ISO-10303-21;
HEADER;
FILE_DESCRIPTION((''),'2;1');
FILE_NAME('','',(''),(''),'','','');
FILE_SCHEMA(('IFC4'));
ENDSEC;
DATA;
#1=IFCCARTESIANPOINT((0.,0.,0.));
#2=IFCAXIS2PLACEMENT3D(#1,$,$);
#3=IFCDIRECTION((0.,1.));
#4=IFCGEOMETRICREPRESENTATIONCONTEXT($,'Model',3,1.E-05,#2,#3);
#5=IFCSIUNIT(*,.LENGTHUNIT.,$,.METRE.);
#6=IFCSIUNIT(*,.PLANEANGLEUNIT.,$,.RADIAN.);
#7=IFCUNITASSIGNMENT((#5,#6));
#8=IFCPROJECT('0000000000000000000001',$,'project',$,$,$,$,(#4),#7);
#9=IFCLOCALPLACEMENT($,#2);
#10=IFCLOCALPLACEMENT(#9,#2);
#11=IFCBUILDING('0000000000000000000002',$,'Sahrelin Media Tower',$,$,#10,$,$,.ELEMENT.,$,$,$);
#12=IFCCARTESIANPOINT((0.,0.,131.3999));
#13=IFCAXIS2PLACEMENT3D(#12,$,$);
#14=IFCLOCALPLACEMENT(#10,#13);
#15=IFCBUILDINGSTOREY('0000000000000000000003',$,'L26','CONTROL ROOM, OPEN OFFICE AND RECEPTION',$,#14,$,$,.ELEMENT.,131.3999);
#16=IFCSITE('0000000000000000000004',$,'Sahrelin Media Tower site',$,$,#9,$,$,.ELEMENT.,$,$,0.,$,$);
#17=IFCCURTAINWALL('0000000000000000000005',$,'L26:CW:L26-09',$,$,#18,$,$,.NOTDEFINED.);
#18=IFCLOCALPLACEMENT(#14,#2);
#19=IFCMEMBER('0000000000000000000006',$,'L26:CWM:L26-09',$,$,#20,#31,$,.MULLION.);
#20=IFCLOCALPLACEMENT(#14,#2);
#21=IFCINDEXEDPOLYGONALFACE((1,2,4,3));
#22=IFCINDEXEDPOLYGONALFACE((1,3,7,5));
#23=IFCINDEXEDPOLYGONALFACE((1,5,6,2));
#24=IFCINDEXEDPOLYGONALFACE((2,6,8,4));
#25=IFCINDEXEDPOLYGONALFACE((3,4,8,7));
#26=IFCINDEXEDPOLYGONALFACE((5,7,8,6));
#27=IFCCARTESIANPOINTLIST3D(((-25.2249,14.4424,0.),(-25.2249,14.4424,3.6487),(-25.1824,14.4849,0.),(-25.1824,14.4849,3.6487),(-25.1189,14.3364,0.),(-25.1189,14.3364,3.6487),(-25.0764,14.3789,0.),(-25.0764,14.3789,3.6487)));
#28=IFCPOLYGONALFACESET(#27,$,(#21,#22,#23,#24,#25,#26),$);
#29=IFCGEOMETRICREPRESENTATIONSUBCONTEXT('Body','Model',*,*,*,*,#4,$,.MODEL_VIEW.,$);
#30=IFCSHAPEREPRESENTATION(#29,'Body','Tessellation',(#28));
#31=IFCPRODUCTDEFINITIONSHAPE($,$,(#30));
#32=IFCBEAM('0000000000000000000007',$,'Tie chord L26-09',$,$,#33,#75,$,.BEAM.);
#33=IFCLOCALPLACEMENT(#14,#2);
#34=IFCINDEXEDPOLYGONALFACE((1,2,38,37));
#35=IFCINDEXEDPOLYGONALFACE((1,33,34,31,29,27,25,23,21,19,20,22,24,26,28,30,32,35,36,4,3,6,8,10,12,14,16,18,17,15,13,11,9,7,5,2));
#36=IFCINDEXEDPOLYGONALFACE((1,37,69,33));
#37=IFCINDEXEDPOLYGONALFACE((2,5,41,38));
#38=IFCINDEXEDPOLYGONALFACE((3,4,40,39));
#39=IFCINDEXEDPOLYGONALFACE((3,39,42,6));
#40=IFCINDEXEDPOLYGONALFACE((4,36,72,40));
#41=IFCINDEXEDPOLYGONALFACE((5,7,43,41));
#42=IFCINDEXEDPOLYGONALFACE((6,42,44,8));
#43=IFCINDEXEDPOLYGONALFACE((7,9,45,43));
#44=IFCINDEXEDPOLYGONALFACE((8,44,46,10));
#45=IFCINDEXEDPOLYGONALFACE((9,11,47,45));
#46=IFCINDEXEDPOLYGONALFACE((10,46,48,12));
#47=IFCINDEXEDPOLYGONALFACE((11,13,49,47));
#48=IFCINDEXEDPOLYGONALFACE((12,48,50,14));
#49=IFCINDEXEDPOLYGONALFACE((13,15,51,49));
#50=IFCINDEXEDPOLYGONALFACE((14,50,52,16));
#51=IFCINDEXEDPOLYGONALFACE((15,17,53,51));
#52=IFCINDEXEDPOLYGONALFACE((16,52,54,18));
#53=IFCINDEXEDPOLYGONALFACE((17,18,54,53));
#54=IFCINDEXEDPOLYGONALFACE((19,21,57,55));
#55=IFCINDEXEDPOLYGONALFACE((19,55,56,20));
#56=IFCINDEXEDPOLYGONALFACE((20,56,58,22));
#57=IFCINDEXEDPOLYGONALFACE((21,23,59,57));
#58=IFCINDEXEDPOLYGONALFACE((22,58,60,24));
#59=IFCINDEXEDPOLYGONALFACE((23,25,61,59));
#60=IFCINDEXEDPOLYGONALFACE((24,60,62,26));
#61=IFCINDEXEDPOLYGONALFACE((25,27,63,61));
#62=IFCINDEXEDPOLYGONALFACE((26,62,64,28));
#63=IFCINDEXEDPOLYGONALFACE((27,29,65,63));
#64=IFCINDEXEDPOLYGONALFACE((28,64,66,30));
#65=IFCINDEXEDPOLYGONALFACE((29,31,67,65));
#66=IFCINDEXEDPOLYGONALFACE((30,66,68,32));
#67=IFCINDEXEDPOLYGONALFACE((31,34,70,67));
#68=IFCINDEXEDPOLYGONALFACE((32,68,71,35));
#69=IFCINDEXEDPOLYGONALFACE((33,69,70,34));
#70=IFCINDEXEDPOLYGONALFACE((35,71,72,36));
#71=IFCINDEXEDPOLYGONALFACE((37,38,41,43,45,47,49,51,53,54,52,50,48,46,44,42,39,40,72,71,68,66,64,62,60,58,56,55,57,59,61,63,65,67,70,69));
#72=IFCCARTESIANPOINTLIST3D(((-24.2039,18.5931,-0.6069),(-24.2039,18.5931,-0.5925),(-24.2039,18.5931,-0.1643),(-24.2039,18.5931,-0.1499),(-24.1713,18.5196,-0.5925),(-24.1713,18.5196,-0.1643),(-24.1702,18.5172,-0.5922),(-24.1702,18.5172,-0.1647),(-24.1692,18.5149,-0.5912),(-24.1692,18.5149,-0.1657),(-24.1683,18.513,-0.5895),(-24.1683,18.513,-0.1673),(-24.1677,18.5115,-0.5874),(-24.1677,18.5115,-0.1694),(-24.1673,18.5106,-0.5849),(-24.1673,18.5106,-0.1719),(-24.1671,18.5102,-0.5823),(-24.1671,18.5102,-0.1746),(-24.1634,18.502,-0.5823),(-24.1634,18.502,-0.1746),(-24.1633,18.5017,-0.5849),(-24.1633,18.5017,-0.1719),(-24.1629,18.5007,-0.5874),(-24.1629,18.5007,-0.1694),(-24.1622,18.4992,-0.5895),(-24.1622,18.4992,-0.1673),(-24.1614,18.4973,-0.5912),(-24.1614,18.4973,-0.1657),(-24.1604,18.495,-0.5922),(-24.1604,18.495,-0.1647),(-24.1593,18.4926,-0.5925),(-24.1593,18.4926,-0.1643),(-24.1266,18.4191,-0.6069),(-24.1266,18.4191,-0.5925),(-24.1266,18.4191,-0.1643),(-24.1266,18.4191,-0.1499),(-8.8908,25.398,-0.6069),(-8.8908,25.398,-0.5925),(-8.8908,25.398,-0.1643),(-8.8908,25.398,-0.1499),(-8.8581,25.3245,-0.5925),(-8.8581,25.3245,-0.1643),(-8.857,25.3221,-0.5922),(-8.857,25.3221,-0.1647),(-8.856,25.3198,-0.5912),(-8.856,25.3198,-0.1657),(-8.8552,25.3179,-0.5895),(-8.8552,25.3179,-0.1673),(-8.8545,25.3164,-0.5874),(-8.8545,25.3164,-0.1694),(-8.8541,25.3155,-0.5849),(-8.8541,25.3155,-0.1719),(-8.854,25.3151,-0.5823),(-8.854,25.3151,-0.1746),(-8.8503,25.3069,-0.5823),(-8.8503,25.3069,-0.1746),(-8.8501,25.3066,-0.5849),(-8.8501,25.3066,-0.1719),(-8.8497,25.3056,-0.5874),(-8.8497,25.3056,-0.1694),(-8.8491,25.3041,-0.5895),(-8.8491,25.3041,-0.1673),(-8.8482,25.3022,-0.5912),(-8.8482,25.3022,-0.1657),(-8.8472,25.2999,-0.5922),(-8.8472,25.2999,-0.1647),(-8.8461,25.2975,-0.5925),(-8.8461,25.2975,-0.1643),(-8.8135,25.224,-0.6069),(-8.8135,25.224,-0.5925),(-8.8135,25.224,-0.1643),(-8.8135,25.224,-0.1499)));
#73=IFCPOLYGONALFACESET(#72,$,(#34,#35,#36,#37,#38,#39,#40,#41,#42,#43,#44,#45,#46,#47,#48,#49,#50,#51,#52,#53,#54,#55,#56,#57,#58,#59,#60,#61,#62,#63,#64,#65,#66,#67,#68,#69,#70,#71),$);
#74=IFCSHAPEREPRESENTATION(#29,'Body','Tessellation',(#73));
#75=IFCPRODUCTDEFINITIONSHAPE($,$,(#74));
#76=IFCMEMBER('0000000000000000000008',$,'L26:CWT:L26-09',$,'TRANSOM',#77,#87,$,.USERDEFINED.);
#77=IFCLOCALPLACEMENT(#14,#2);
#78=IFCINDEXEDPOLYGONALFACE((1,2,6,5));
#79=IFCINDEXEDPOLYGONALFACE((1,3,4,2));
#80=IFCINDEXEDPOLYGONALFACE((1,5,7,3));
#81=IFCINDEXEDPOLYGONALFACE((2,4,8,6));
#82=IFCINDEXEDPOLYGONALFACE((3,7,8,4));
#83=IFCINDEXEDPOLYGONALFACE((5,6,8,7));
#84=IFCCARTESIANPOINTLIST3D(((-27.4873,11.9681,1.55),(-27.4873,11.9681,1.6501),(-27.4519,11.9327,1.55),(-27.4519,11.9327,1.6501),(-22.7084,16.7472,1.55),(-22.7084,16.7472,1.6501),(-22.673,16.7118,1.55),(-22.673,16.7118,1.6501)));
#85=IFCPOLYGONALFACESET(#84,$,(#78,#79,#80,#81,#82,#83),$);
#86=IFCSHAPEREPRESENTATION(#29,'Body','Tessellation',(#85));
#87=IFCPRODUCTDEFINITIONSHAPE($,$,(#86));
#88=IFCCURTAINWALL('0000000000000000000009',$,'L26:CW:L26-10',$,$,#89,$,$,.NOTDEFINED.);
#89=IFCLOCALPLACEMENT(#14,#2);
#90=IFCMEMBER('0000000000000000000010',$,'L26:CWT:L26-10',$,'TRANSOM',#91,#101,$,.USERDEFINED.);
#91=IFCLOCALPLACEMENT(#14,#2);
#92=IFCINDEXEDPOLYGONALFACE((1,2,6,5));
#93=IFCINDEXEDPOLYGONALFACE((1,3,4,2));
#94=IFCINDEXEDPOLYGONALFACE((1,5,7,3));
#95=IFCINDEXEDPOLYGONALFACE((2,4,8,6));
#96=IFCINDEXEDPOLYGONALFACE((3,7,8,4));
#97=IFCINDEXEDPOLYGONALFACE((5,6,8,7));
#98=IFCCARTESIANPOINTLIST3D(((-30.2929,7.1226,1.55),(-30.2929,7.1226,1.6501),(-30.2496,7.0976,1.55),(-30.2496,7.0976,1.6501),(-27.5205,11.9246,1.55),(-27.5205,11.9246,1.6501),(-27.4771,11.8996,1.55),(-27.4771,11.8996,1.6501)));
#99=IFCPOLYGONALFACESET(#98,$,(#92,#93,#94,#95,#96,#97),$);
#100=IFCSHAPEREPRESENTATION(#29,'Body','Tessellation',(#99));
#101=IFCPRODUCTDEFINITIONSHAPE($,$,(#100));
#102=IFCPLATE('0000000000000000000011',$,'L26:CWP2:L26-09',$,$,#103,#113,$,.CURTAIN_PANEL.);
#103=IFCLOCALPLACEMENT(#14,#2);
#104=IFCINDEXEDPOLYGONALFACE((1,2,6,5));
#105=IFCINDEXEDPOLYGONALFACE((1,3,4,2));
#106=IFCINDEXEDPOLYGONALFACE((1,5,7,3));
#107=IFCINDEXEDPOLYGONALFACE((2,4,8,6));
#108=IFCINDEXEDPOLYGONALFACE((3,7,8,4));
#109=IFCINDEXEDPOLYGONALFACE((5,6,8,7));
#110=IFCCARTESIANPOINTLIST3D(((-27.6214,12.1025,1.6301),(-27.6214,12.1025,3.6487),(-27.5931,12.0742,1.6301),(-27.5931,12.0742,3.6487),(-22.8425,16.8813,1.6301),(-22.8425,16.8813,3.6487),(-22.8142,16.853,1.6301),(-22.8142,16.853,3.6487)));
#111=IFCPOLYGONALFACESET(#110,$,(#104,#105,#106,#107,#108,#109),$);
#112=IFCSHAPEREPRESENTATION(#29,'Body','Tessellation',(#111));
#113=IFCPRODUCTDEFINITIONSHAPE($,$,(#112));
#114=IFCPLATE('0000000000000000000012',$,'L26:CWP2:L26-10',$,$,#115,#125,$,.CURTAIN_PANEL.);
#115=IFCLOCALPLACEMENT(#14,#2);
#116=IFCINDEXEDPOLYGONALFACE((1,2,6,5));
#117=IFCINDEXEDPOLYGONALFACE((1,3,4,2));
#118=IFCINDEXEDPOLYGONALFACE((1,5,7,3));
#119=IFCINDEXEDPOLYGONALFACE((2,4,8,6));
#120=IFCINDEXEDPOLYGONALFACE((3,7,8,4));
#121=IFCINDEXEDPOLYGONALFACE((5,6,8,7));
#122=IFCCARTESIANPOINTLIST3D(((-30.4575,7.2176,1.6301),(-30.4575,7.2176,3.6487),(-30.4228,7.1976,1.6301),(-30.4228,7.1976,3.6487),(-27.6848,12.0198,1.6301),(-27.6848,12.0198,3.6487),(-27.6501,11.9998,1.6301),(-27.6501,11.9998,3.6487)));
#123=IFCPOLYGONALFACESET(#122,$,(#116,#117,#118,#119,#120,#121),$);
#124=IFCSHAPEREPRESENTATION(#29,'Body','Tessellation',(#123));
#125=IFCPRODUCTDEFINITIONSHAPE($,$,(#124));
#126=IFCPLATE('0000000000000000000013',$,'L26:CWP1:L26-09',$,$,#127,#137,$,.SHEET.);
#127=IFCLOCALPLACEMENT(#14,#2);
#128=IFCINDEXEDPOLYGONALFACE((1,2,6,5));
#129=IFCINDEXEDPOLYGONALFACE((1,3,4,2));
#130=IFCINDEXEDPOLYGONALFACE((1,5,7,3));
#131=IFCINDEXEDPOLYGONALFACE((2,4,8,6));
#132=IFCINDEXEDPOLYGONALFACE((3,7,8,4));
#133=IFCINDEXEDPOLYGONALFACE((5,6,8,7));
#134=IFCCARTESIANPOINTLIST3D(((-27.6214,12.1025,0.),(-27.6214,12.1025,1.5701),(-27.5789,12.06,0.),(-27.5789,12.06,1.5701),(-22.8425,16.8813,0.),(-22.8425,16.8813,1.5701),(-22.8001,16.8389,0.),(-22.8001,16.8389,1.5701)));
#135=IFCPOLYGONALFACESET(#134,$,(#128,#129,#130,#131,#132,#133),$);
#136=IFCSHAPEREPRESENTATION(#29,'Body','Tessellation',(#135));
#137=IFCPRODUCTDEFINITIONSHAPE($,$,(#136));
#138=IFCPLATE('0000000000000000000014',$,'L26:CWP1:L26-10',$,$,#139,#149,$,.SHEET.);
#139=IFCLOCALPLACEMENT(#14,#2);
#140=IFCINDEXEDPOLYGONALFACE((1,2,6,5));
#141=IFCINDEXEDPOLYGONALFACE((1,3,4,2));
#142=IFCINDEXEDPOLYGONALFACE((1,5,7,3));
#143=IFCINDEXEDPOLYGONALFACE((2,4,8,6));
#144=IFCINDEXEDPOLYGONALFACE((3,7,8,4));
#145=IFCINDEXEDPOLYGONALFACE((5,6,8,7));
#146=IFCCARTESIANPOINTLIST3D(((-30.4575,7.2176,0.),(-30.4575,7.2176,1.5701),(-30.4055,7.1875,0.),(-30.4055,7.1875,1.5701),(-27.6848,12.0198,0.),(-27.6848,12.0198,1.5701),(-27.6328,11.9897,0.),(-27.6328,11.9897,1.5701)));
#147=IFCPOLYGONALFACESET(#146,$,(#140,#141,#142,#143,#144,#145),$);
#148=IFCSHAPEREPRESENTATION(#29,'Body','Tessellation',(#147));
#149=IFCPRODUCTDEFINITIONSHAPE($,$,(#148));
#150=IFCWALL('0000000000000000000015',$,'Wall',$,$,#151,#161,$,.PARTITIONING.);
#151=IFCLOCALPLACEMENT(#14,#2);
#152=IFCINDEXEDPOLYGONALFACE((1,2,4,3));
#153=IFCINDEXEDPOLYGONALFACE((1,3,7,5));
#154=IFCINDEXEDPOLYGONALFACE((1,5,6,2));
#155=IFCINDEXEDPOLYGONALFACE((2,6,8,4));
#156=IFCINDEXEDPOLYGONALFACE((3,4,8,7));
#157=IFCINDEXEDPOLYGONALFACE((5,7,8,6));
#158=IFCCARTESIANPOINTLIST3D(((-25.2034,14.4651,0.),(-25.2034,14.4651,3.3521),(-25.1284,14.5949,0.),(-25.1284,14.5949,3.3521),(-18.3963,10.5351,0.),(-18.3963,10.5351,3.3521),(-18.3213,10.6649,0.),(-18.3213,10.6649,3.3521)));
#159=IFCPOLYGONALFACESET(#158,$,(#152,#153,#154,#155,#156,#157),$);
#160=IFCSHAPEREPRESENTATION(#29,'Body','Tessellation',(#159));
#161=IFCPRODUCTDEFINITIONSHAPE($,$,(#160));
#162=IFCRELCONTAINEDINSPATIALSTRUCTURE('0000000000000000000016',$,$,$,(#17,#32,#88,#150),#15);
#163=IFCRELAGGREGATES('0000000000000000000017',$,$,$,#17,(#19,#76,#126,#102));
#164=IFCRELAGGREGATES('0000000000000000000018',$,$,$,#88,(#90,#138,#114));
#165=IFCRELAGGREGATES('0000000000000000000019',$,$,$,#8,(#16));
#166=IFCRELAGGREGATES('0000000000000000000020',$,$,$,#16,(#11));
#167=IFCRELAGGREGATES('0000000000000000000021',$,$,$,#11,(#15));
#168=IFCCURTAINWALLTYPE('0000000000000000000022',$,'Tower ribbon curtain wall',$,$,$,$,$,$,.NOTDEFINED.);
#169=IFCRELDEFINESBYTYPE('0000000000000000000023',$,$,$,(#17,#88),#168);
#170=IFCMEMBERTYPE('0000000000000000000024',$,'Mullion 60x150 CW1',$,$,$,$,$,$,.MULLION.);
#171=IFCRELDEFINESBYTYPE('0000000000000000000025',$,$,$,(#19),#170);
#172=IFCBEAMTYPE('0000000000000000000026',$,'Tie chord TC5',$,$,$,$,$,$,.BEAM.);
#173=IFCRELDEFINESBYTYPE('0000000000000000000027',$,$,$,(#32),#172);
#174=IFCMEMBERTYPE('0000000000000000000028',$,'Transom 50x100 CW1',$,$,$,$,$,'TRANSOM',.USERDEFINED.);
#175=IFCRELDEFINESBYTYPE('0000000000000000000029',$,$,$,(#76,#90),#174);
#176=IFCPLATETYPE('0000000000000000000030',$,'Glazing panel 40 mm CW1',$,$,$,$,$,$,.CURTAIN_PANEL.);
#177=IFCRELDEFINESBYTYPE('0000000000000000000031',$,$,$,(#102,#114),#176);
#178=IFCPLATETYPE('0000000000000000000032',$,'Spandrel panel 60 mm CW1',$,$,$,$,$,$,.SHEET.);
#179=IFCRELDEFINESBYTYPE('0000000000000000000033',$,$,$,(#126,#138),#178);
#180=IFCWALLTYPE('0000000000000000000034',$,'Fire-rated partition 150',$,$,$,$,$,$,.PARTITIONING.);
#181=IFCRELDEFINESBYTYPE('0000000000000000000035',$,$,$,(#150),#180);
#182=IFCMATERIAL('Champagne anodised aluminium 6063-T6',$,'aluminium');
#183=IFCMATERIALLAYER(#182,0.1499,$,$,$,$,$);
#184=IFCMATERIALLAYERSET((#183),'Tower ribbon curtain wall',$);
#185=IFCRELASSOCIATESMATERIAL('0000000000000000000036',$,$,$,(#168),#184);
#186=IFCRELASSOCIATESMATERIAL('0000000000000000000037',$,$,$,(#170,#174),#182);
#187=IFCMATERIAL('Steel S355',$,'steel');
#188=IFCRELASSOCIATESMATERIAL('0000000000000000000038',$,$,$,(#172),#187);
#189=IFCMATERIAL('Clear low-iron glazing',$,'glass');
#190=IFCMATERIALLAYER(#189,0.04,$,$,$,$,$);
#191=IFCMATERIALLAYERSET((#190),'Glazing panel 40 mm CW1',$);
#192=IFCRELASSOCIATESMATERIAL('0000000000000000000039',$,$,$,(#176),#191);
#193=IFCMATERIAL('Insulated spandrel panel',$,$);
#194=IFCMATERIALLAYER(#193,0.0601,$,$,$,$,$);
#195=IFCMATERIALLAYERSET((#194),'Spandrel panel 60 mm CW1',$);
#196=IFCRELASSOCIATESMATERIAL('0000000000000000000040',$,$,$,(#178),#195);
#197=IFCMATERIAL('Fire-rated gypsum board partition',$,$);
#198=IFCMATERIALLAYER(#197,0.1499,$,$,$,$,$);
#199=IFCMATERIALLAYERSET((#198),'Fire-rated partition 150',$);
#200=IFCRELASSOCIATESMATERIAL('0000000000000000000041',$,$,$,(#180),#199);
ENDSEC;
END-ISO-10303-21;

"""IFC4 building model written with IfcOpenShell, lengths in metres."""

from ifc_helpers import new_model, si_unit, direction, frame, frame_2d, origin, origin_2d, place, context, subcontext, project, spatial, polyline, rectangle, i_section, outline, extrude, material, layer, layer_set, material_profile, profile_set, type_object, element, aggregate, save


model = new_model("IFC4")

# Units and contexts
model_context = context("Model", 3, precision=1e-05, world=origin(), true_north=direction((0.0, 1.0)))
body_context = subcontext(model_context, "Body", "Model", "MODEL_VIEW")
ifc_project = project(units=[si_unit("LENGTHUNIT", "METRE"), si_unit("PLANEANGLEUNIT", "RADIAN")], contexts=[model_context])

# Site, building, storey
site_placement = place(None, origin())
site = spatial("IfcSite", under=ifc_project, at=site_placement, Name="Sahrelin Media Tower site", CompositionType="ELEMENT", RefElevation=0.0)
building_placement = place(site_placement, origin())
building = spatial("IfcBuilding", under=site, at=building_placement, Name="Sahrelin Media Tower", CompositionType="ELEMENT")
storey_placement = place(building_placement, frame((0.0, 0.0, 131.3999)))
storey = spatial("IfcBuildingStorey", under=building, at=storey_placement, Name="L26", Description="CONTROL ROOM, OPEN OFFICE AND RECEPTION", CompositionType="ELEMENT", Elevation=131.3999)

# Shared definitions
ifc_material_1 = material(Name="Steel S355", Category="steel")

# Curtain wall, member
ifc_material_2 = material(Name="Champagne anodised aluminium 6063-T6", Category="aluminium")
ifc_layer_1 = layer(ifc_material_2, 0.1499)
ifc_layer_set_1 = layer_set([ifc_layer_1], Name="Tower ribbon curtain wall")
curtain_wall_type = type_object("IfcCurtainWallType", Name="Tower ribbon curtain wall", PredefinedType="NOTDEFINED", material=ifc_layer_set_1)
ifc_material_profile_1 = material_profile(ifc_material_2, rectangle(XDim=0.0601, YDim=0.1499, at=origin_2d()), Name="Mullion 60x150")
ifc_profile_set_1 = profile_set([ifc_material_profile_1], Name="Champagne anodised aluminium 6063-T6")
member_type_1 = type_object("IfcMemberType", Name="Mullion 60x150 CW1", PredefinedType="MULLION", material=ifc_profile_set_1)
curtain_wall_1_placement = place(storey_placement, frame((-25.218, 14.4778, 0.0), z_axis=(0.0, 0.0, 1.0), x_axis=(1.0, 0.0, 0.0)))
curtain_wall_1 = element("IfcCurtainWall", 1, at=curtain_wall_1_placement, inside=storey, type_object=curtain_wall_type, Name="L26:CW:L26-09", PredefinedType="NOTDEFINED")
member_1_placement = place(storey_placement, frame((-25.1506, 14.4106, 0.0), z_axis=(0.0, 0.0, 1.0), x_axis=(-0.707099, -0.707114, 0.0)))
member_1 = element("IfcMember", 2, at=member_1_placement, type_object=member_type_1, Name="L26:CWM:L26-09", PredefinedType="MULLION", context=body_context, shape_type="SweptSolid", body=[
    extrude(rectangle(XDim=0.0601, YDim=0.1499, at=origin_2d()), origin(), (0.0, 0.0, 1.0), 3.6487),
])

# Beam
ifc_material_profile_2 = material_profile(ifc_material_1, i_section(OverallWidth=0.1904, OverallDepth=0.457, WebThickness=0.009, FlangeThickness=0.0144, FilletRadius=0.0103, at=origin_2d()), Name="UB 457x191x74")
ifc_profile_set_2 = profile_set([ifc_material_profile_2], Name="Steel S355")
beam_type_1 = type_object("IfcBeamType", Name="Tie chord TC5", PredefinedType="BEAM", material=ifc_profile_set_2)
beam_1_placement = place(storey_placement, frame((-24.1653, 18.5061, -0.3784), z_axis=(0.913833, 0.406091, 0.0), x_axis=(-0.406091, 0.913833, 0.0)))
element("IfcBeam", 3, at=beam_1_placement, inside=storey, type_object=beam_type_1, Name="Tie chord L26-09", PredefinedType="BEAM", context=body_context, shape_type="SweptSolid", body=[
    extrude(i_section(OverallWidth=0.1904, OverallDepth=0.457, WebThickness=0.009, FlangeThickness=0.0144, FilletRadius=0.0103, at=origin_2d()), origin(), (0.0, 0.0, 1.0), 16.7571),
])

# Member
ifc_material_profile_3 = material_profile(ifc_material_2, rectangle(XDim=0.05, YDim=0.1001, at=origin_2d()), Name="Transom 50x100")
ifc_profile_set_3 = profile_set([ifc_material_profile_3], Name="Champagne anodised aluminium 6063-T6")
member_type_2 = type_object("IfcMemberType", Name="Transom 50x100 CW1", ElementType="TRANSOM", PredefinedType="USERDEFINED", material=ifc_profile_set_3)
member_2_placement = place(storey_placement, frame((-22.6907, 16.7295, 1.6001), z_axis=(-0.707089, -0.707125, 0.0), x_axis=(0.707125, -0.707089, 0.0)))
member_2 = element("IfcMember", 4, at=member_2_placement, type_object=member_type_2, Name="L26:CWT:L26-09", ObjectType="TRANSOM", PredefinedType="USERDEFINED", context=body_context, shape_type="SweptSolid", body=[
    extrude(rectangle(XDim=0.05, YDim=0.1001, at=origin_2d()), origin(), (0.0, 0.0, 1.0), 6.7585),
])

# Curtain wall, member
curtain_wall_2_placement = place(storey_placement, frame((-29.054, 9.6086, 0.0), z_axis=(0.0, 0.0, 1.0), x_axis=(1.0, 0.0, 0.0)))
curtain_wall_2 = element("IfcCurtainWall", 5, at=curtain_wall_2_placement, inside=storey, type_object=curtain_wall_type, Name="L26:CW:L26-10", PredefinedType="NOTDEFINED")
member_3_placement = place(storey_placement, frame((-27.4988, 11.9121, 1.6001), z_axis=(-0.500003, -0.866024, 0.0), x_axis=(0.866024, -0.500003, 0.0)))
member_3 = element("IfcMember", 6, at=member_3_placement, type_object=member_type_2, Name="L26:CWT:L26-10", ObjectType="TRANSOM", PredefinedType="USERDEFINED", context=body_context, shape_type="SweptSolid", body=[
    extrude(rectangle(XDim=0.05, YDim=0.1001, at=origin_2d()), origin(), (0.0, 0.0, 1.0), 5.5449),
])

# Plates
ifc_material_3 = material(Name="Clear low-iron glazing", Category="glass")
ifc_layer_2 = layer(ifc_material_3, 0.04)
ifc_layer_set_2 = layer_set([ifc_layer_2], Name="Glazing panel 40 mm CW1")
plate_type_1 = type_object("IfcPlateType", Name="Glazing panel 40 mm CW1", PredefinedType="CURTAIN_PANEL", material=ifc_layer_set_2)
plate_1_placement = place(storey_placement, frame((-22.8425, 16.8813, 1.6301), z_axis=(-0.707107, 0.707107, 0.0), x_axis=(-0.707107, -0.707107, 0.0)))
plate_1 = element("IfcPlate", 7, at=plate_1_placement, type_object=plate_type_1, Name="L26:CWP2:L26-09", PredefinedType="CURTAIN_PANEL", context=body_context, shape_type="SweptSolid", body=[
    extrude(outline(polyline([(0.0, 0.0), (6.7583, 0.0), (6.7583, 2.0186), (0.0, 2.0186), (0.0, 0.0)])), origin(), (0.0, 0.0, -1.0), 0.04),
])
plate_2_placement = place(storey_placement, frame((-27.6848, 12.0198, 1.6301), z_axis=(-0.866015, 0.500017, 0.0), x_axis=(-0.500017, -0.866015, 0.0)))
plate_2 = element("IfcPlate", 8, at=plate_2_placement, type_object=plate_type_1, Name="L26:CWP2:L26-10", PredefinedType="CURTAIN_PANEL", context=body_context, shape_type="SweptSolid", body=[
    extrude(outline(polyline([(0.0, 0.0), (5.5452, 0.0), (5.5452, 2.0186), (0.0, 2.0186), (0.0, 0.0)])), origin(), (0.0, 0.0, -1.0), 0.04),
])
ifc_material_4 = material(Name="Insulated spandrel panel")
ifc_layer_3 = layer(ifc_material_4, 0.0601)
ifc_layer_set_3 = layer_set([ifc_layer_3], Name="Spandrel panel 60 mm CW1")
plate_type_2 = type_object("IfcPlateType", Name="Spandrel panel 60 mm CW1", PredefinedType="SHEET", material=ifc_layer_set_3)
plate_3_placement = place(storey_placement, frame((-22.8425, 16.8813, 0.0), z_axis=(-0.707107, 0.707107, 0.0), x_axis=(-0.707107, -0.707107, 0.0)))
plate_3 = element("IfcPlate", 9, at=plate_3_placement, type_object=plate_type_2, Name="L26:CWP1:L26-09", PredefinedType="SHEET", context=body_context, shape_type="SweptSolid", body=[
    extrude(outline(polyline([(0.0, 0.0), (6.7583, 0.0), (6.7583, 1.5701), (0.0, 1.5701), (0.0, 0.0)])), origin(), (0.0, 0.0, -1.0), 0.0601),
])
aggregate(curtain_wall_1, [member_1, member_2, plate_3, plate_1])
plate_4_placement = place(storey_placement, frame((-27.6848, 12.0198, 0.0), z_axis=(-0.866015, 0.500017, 0.0), x_axis=(-0.500017, -0.866015, 0.0)))
plate_4 = element("IfcPlate", 10, at=plate_4_placement, type_object=plate_type_2, Name="L26:CWP1:L26-10", PredefinedType="SHEET", context=body_context, shape_type="SweptSolid", body=[
    extrude(outline(polyline([(0.0, 0.0), (5.5452, 0.0), (5.5452, 1.5701), (0.0, 1.5701), (0.0, 0.0)])), origin(), (0.0, 0.0, -1.0), 0.0601),
])
aggregate(curtain_wall_2, [member_3, plate_4, plate_2])

# Wall
ifc_material_5 = material(Name="Fire-rated gypsum board partition")
ifc_layer_4 = layer(ifc_material_5, 0.1499)
ifc_layer_set_4 = layer_set([ifc_layer_4], Name="Fire-rated partition 150")
wall_type_1 = type_object("IfcWallType", Name="Fire-rated partition 150", PredefinedType="PARTITIONING", material=ifc_layer_set_4)
wall_1_placement = place(storey_placement, frame((-25.166, 14.53, 0.0), z_axis=(0.0, 0.0, 1.0), x_axis=(0.866035, -0.499984, 0.0)))
element("IfcWall", 11, at=wall_1_placement, inside=storey, type_object=wall_type_1, Name="Wall", PredefinedType="PARTITIONING", context=body_context, shape_type="SweptSolid", body=[
    extrude(rectangle(XDim=7.8601, YDim=0.1499, at=frame_2d((3.9302, 0.0))), origin(), (0.0, 0.0, 1.0), 3.3521),
])

save(model, "model.ifc")
